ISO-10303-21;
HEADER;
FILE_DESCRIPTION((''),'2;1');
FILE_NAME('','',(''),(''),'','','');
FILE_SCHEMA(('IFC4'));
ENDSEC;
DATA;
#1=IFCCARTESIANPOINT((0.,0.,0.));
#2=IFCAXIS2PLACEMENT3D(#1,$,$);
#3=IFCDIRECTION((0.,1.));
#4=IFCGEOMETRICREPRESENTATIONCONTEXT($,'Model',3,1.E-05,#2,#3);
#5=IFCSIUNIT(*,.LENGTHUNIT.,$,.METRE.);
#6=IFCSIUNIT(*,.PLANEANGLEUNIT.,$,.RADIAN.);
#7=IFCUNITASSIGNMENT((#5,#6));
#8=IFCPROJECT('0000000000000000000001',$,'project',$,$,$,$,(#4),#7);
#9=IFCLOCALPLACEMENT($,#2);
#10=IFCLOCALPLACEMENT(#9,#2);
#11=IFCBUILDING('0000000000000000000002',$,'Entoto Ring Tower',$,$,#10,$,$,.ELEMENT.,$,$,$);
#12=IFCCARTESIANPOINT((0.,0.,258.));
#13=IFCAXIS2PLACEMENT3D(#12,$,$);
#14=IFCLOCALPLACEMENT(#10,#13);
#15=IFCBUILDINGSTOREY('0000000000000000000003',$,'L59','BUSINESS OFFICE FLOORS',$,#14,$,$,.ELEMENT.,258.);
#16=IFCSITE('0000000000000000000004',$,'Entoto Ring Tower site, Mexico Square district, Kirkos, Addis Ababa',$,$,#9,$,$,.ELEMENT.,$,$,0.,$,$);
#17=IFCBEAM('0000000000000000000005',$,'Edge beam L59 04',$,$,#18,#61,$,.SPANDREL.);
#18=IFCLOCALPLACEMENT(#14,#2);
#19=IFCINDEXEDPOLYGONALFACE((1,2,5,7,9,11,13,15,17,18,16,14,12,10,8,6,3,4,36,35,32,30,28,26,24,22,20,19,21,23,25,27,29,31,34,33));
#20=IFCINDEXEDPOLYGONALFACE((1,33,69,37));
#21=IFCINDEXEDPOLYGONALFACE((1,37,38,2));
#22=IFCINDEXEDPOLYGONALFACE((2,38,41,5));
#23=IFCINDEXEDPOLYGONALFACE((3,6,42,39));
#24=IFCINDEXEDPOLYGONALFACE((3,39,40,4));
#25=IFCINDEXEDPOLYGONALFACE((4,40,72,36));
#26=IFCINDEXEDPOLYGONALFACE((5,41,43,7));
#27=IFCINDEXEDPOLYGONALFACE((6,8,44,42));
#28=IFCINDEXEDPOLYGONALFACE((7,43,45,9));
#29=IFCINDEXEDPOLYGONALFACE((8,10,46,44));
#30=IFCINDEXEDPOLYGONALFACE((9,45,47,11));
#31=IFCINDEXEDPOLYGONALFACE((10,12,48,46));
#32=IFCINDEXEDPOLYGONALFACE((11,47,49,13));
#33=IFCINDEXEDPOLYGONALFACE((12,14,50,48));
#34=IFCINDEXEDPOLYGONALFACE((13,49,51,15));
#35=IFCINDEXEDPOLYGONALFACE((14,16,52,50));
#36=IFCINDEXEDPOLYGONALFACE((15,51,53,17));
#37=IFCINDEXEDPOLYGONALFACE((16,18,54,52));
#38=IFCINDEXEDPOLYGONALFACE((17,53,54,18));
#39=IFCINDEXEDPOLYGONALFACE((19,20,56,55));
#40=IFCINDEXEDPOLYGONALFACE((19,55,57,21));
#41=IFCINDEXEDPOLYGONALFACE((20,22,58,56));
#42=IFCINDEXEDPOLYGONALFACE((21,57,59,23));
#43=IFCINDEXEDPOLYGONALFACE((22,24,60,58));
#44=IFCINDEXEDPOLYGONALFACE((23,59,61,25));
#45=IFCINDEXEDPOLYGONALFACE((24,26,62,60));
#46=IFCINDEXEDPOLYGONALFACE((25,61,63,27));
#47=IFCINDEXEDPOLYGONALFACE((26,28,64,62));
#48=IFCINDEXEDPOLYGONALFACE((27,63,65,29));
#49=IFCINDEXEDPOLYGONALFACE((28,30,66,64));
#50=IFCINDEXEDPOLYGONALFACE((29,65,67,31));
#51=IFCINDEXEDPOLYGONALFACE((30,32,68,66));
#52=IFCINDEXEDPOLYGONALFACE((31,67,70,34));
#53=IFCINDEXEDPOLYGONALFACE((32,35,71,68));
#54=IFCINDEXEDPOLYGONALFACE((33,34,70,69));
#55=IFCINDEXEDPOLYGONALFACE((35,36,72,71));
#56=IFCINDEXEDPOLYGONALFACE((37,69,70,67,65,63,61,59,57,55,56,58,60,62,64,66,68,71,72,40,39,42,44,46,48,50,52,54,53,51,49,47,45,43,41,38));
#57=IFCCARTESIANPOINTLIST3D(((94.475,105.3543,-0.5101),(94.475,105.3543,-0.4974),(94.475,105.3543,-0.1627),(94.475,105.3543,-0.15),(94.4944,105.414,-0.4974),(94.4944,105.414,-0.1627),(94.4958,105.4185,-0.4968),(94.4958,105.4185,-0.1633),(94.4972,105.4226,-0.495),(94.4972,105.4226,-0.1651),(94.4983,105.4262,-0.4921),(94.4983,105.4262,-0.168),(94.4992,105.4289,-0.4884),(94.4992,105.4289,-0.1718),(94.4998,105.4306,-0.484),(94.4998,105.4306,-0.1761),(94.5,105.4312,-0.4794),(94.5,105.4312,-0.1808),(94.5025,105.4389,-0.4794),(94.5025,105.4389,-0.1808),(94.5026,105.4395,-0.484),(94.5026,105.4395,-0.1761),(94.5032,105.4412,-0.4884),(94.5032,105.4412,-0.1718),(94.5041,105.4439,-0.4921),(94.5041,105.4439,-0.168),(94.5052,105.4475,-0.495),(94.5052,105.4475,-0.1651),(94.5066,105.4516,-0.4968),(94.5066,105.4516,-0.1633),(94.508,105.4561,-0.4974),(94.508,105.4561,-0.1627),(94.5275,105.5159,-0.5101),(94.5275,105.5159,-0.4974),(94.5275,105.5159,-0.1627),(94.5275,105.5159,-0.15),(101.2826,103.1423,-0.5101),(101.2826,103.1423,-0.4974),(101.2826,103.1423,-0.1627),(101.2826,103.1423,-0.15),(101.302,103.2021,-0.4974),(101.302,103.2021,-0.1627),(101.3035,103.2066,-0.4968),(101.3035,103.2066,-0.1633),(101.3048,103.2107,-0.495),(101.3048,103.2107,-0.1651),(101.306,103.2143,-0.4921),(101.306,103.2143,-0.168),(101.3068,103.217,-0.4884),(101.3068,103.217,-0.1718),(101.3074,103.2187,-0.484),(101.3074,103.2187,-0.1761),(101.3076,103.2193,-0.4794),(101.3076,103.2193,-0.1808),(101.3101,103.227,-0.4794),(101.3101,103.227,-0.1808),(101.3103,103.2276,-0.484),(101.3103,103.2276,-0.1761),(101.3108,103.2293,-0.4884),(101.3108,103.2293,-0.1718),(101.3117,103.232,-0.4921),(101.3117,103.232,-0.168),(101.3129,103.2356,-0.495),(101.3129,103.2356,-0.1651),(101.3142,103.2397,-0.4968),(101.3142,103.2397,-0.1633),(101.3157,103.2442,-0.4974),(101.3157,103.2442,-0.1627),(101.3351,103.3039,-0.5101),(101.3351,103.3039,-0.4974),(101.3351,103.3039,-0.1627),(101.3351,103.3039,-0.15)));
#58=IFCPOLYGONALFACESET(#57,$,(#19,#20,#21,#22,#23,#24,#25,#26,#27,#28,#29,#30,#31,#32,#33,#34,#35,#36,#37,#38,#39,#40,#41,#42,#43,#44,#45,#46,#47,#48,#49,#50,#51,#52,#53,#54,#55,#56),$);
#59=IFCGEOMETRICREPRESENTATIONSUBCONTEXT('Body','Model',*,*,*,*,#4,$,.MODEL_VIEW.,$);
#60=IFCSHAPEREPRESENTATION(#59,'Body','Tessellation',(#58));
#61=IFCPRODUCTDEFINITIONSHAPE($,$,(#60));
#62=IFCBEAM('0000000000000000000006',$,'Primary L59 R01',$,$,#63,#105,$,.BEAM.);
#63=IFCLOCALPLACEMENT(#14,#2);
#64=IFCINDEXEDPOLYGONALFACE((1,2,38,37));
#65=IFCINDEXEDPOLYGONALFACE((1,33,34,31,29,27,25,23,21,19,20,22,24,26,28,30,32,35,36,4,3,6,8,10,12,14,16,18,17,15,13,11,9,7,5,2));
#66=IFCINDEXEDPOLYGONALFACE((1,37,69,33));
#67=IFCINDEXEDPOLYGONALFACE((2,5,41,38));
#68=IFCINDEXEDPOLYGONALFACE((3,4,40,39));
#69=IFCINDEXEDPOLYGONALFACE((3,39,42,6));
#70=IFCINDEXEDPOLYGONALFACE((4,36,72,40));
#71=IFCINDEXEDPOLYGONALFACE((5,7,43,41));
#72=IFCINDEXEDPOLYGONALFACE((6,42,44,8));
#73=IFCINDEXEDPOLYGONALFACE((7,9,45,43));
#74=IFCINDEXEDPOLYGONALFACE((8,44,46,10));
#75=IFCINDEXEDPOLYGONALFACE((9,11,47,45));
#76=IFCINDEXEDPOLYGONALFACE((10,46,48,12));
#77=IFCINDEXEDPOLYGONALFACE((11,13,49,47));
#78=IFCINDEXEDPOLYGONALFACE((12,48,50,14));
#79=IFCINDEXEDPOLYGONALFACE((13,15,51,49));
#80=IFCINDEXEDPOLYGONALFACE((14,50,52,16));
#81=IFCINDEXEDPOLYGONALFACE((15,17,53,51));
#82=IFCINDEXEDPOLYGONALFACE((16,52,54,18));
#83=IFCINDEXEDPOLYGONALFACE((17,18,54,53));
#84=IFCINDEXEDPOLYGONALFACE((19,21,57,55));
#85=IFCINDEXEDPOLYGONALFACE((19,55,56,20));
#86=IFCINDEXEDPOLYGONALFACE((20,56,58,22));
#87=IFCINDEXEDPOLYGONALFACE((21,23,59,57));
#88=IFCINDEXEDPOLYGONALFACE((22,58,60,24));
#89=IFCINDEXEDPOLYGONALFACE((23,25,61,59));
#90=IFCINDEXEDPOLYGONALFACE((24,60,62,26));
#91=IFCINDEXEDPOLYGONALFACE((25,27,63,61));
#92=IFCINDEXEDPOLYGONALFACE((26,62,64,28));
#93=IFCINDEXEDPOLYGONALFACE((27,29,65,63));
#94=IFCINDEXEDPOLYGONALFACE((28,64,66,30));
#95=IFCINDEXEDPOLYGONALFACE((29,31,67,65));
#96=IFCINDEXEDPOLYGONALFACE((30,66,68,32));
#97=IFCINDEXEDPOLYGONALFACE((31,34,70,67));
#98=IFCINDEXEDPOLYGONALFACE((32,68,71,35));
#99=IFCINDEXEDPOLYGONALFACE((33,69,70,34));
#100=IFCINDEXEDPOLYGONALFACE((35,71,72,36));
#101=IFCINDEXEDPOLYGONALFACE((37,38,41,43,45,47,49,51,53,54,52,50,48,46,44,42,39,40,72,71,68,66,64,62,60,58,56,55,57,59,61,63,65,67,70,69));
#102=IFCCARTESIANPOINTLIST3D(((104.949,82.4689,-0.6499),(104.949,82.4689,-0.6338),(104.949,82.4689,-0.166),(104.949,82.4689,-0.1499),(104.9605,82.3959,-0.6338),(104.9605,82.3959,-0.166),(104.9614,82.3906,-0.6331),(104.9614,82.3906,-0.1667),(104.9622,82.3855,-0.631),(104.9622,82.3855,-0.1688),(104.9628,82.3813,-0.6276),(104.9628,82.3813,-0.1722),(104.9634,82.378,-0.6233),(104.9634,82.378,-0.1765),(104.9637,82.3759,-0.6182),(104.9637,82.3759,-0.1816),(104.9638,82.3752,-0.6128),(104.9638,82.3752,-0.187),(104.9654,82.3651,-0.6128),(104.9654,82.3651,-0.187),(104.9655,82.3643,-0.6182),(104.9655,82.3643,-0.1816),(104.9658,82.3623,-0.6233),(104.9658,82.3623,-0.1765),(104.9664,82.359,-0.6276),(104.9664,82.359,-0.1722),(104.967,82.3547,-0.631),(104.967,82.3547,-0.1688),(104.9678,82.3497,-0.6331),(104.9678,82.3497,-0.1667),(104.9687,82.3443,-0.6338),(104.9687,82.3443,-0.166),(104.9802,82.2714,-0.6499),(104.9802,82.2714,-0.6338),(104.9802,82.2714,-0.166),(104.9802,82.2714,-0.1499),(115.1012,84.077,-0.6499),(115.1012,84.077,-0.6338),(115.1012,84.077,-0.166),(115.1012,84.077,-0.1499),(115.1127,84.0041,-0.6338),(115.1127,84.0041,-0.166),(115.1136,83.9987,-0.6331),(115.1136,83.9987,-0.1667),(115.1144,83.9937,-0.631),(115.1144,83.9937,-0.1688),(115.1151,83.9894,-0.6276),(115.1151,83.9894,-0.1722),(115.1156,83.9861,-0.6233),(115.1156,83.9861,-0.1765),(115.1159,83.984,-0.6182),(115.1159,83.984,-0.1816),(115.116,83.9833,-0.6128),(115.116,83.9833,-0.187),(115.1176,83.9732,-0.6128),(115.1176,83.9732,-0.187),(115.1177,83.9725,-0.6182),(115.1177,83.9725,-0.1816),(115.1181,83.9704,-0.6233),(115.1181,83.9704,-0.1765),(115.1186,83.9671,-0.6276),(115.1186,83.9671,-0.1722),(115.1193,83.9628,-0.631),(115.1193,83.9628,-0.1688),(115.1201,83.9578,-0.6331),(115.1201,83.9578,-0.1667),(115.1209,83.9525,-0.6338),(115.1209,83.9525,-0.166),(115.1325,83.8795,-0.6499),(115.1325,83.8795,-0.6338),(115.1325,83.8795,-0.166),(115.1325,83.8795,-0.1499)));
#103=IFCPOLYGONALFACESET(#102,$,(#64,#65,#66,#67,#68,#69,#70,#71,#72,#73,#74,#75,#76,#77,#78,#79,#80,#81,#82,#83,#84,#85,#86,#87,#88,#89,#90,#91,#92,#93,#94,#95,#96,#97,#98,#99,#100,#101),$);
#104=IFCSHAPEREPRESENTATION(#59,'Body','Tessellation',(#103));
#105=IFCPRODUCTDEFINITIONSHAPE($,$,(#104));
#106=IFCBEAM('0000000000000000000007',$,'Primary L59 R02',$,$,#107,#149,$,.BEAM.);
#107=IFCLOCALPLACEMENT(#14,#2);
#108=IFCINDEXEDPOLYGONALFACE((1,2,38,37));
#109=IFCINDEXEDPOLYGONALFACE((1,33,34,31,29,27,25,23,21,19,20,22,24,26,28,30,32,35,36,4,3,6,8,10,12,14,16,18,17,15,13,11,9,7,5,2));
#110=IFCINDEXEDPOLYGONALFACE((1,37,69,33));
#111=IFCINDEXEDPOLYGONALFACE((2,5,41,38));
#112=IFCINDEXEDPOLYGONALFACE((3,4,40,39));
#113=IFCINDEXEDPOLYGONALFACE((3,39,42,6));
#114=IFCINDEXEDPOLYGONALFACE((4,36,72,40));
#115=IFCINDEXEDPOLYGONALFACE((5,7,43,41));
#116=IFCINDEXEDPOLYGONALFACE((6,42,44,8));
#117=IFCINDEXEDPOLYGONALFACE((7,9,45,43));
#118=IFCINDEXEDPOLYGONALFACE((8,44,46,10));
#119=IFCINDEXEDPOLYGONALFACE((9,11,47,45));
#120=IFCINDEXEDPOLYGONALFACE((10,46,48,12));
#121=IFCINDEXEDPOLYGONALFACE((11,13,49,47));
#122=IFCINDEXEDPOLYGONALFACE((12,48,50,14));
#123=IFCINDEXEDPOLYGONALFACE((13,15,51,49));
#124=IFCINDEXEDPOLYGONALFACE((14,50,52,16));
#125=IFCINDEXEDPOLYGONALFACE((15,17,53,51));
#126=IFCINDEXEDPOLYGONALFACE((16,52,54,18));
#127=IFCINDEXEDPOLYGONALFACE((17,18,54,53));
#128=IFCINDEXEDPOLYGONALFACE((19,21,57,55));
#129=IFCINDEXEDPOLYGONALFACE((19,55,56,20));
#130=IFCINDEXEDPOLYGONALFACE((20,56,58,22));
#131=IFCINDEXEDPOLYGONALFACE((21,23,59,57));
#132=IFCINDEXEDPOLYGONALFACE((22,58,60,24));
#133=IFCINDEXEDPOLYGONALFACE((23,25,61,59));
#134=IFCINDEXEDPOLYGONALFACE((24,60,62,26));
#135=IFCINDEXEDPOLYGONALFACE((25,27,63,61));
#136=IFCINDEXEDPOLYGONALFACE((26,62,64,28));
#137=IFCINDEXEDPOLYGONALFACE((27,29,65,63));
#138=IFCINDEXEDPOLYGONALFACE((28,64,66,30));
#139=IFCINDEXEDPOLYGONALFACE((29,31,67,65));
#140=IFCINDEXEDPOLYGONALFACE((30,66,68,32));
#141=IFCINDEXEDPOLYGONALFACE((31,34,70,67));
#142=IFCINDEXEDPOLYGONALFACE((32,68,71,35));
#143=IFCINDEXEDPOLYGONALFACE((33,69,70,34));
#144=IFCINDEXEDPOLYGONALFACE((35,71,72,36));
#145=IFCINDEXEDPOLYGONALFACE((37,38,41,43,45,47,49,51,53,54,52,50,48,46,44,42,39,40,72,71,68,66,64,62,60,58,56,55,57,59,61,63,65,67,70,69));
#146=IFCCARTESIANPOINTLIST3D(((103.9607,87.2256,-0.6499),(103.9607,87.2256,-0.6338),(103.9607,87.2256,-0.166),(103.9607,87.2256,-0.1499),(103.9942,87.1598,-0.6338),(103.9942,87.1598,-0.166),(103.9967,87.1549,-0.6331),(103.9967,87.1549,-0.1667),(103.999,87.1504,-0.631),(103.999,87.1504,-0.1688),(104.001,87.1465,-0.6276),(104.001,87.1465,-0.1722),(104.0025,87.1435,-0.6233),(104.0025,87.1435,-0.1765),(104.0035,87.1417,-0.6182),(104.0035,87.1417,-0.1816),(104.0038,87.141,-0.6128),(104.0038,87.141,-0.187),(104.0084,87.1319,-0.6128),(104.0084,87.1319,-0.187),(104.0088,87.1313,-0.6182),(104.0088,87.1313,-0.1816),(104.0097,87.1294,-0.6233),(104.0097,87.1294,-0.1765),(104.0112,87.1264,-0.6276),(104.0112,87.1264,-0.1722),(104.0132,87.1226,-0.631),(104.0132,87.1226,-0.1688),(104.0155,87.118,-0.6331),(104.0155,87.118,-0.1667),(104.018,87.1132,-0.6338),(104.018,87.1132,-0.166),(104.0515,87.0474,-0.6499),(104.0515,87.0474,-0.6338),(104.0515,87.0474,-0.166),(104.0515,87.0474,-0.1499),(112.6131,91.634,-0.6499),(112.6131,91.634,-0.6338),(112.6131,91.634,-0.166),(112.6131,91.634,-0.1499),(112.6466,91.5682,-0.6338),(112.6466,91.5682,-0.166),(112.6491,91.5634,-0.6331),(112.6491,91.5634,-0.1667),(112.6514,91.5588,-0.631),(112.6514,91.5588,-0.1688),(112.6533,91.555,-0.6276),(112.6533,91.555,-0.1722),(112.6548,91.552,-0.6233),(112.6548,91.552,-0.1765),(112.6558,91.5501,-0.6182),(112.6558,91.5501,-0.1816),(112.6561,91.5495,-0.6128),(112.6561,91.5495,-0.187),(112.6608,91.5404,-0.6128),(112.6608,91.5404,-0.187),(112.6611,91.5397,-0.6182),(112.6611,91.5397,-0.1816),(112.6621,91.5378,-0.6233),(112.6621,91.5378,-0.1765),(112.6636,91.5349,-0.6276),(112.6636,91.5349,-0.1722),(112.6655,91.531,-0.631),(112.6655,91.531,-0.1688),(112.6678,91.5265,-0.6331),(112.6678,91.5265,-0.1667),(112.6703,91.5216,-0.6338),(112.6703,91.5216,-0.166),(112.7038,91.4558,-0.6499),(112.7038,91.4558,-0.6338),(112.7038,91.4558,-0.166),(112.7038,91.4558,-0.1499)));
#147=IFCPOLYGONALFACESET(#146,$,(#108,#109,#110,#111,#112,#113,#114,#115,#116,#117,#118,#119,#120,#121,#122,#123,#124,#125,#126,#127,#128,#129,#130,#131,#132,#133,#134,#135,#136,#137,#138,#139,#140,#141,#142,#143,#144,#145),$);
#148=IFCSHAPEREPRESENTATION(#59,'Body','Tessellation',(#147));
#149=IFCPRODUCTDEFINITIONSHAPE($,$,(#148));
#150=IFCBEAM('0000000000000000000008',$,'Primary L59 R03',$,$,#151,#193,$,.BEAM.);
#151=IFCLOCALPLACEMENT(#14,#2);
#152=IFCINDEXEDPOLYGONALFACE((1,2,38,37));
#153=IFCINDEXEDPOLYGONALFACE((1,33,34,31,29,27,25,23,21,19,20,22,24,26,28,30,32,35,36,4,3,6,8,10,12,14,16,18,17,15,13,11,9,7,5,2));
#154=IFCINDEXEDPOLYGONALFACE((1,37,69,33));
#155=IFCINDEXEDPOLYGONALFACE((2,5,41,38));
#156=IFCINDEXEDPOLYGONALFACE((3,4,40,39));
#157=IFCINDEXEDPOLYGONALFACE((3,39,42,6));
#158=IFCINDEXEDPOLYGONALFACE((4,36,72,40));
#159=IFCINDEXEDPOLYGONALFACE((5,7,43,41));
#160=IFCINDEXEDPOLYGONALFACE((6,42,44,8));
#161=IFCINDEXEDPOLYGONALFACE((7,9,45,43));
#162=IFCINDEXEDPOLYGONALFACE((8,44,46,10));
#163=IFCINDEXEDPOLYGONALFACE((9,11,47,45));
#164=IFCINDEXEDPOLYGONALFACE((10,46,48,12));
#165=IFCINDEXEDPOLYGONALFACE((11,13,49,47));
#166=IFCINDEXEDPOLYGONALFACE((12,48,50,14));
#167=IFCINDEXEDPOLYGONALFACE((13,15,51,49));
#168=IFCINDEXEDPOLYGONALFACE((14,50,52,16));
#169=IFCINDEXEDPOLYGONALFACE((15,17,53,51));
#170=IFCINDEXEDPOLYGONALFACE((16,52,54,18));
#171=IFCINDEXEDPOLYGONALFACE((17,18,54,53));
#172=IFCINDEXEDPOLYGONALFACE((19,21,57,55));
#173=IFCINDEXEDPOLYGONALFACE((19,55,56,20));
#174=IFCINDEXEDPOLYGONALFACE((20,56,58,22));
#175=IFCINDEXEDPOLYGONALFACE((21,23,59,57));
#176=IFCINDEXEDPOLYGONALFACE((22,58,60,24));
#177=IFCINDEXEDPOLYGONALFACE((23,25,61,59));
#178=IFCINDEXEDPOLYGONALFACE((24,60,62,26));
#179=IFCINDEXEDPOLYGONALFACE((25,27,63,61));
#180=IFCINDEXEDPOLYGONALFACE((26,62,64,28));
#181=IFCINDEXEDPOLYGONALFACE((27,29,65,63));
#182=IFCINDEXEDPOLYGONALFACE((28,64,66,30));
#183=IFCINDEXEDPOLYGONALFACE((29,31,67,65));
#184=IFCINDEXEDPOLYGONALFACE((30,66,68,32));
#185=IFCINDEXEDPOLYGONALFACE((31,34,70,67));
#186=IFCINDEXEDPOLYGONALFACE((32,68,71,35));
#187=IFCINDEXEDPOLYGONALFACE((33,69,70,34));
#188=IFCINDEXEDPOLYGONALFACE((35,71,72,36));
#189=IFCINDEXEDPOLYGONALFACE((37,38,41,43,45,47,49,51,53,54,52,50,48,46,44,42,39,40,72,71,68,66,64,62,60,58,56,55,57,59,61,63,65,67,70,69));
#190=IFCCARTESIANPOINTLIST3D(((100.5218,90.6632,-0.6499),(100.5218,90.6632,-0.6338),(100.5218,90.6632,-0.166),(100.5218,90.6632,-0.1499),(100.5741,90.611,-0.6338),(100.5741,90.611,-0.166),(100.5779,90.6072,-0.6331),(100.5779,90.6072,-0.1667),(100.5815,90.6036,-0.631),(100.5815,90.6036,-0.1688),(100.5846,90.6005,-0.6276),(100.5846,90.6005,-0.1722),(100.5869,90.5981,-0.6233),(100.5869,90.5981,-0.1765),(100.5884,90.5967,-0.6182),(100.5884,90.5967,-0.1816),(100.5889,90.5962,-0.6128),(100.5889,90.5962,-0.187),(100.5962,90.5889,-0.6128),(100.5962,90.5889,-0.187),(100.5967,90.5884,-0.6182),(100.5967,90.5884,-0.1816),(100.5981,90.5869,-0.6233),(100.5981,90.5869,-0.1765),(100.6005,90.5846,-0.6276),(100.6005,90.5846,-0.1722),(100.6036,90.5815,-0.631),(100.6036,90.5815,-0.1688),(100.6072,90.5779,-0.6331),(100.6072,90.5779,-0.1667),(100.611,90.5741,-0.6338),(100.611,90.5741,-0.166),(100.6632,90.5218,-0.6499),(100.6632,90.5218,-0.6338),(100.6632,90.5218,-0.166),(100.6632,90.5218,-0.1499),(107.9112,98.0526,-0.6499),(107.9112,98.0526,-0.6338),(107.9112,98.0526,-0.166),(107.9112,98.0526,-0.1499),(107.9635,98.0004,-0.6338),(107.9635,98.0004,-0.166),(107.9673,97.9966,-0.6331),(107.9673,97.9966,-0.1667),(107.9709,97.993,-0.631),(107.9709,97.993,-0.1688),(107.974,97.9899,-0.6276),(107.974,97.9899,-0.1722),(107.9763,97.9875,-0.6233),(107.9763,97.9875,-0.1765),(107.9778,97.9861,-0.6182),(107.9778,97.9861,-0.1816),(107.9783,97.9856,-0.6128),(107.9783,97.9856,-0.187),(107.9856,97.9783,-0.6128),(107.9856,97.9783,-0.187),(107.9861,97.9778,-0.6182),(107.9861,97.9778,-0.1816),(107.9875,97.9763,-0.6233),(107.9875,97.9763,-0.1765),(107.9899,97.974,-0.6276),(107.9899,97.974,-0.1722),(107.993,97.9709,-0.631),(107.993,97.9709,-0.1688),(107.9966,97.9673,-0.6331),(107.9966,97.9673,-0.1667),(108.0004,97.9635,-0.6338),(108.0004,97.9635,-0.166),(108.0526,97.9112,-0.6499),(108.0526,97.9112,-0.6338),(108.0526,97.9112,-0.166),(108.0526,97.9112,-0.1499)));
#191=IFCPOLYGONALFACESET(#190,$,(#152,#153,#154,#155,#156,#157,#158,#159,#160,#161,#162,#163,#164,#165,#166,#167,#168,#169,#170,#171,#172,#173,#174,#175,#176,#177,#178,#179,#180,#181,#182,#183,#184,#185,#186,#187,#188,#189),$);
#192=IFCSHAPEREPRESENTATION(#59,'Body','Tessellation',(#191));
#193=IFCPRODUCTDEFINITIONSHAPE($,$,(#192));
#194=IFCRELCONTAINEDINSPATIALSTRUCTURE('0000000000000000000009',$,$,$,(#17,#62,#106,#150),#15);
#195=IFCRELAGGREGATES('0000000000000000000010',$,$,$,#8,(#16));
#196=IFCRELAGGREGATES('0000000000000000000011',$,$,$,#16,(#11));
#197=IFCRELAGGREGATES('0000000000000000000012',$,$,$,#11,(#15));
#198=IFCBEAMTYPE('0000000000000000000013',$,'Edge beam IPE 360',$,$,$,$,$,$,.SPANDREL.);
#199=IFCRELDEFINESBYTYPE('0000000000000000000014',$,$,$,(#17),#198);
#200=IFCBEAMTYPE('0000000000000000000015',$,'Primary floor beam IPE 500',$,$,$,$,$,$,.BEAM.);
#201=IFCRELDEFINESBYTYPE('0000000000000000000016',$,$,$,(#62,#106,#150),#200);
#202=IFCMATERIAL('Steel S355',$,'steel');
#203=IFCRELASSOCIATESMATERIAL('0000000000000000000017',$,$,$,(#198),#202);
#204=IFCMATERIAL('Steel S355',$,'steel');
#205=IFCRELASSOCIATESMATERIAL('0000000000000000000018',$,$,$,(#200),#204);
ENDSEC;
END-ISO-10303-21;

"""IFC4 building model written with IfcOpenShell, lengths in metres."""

from ifc_helpers import new_model, si_unit, direction, frame, origin, origin_2d, place, context, subcontext, project, spatial, i_section, extrude, material, material_profile, profile_set, type_object, element, save


model = new_model("IFC4")

# Units and contexts
model_context = context("Model", 3, precision=1e-05, world=origin(), true_north=direction((0.0, 1.0)))
body_context = subcontext(model_context, "Body", "Model", "MODEL_VIEW")
ifc_project = project(units=[si_unit("LENGTHUNIT", "METRE"), si_unit("PLANEANGLEUNIT", "RADIAN")], contexts=[model_context])

# Site, building, storey
site_placement = place(None, origin())
site = spatial("IfcSite", under=ifc_project, at=site_placement, Name="Entoto Ring Tower site, Mexico Square district, Kirkos, Addis Ababa", CompositionType="ELEMENT", RefElevation=0.0)
building_placement = place(site_placement, origin())
building = spatial("IfcBuilding", under=site, at=building_placement, Name="Entoto Ring Tower", CompositionType="ELEMENT")
storey_placement = place(building_placement, frame((0.0, 0.0, 258.0)))
storey = spatial("IfcBuildingStorey", under=building, at=storey_placement, Name="L59", Description="BUSINESS OFFICE FLOORS", CompositionType="ELEMENT", Elevation=258.0)

# Beams
ifc_material_1 = material(Name="Steel S355", Category="steel")
ifc_material_profile_1 = material_profile(ifc_material_1, i_section(OverallWidth=0.1699, OverallDepth=0.3601, WebThickness=0.0081, FlangeThickness=0.0127, FilletRadius=0.0181, at=origin_2d()), Name="IPE 360")
ifc_profile_set_1 = profile_set([ifc_material_profile_1], Name="Steel S355")
beam_type_1 = type_object("IfcBeamType", Name="Edge beam IPE 360", PredefinedType="SPANDREL", material=ifc_profile_set_1)
beam_1_placement = place(storey_placement, frame((101.3088, 103.2231, -0.3301), z_axis=(-0.951057, 0.309015, 0.0), x_axis=(-0.309015, -0.951057, 0.0)))
element("IfcBeam", 1, at=beam_1_placement, inside=storey, type_object=beam_type_1, Name="Edge beam L59 04", PredefinedType="SPANDREL", context=body_context, shape_type="SweptSolid", body=[
    extrude(i_section(OverallWidth=0.1699, OverallDepth=0.3601, WebThickness=0.0081, FlangeThickness=0.0127, FilletRadius=0.0181, at=origin_2d()), origin(), (0.0, 0.0, 1.0), 7.158),
])
ifc_material_2 = material(Name="Steel S355", Category="steel")
ifc_material_profile_2 = material_profile(ifc_material_2, i_section(OverallWidth=0.2, OverallDepth=0.5, WebThickness=0.0103, FlangeThickness=0.0161, FilletRadius=0.021, at=origin_2d()), Name="IPE 500")
ifc_profile_set_2 = profile_set([ifc_material_profile_2], Name="Steel S355")
beam_type_2 = type_object("IfcBeamType", Name="Primary floor beam IPE 500", PredefinedType="BEAM", material=ifc_profile_set_2)
beam_2_placement = place(storey_placement, frame((104.9646, 82.3701, -0.3999), z_axis=(0.987686, 0.156452, 0.0), x_axis=(-0.156452, 0.987686, 0.0)))
element("IfcBeam", 2, at=beam_2_placement, inside=storey, type_object=beam_type_2, Name="Primary L59 R01", PredefinedType="BEAM", context=body_context, shape_type="SweptSolid", body=[
    extrude(i_section(OverallWidth=0.2, OverallDepth=0.5, WebThickness=0.0103, FlangeThickness=0.0161, FilletRadius=0.021, at=origin_2d()), origin(), (0.0, 0.0, 1.0), 10.2788),
])
beam_3_placement = place(storey_placement, frame((104.0061, 87.1365, -0.3999), z_axis=(0.891012, 0.453979, 0.0), x_axis=(-0.453979, 0.891012, 0.0)))
element("IfcBeam", 3, at=beam_3_placement, inside=storey, type_object=beam_type_2, Name="Primary L59 R02", PredefinedType="BEAM", context=body_context, shape_type="SweptSolid", body=[
    extrude(i_section(OverallWidth=0.2, OverallDepth=0.5, WebThickness=0.0103, FlangeThickness=0.0161, FilletRadius=0.021, at=origin_2d()), origin(), (0.0, 0.0, 1.0), 9.7107),
])
beam_4_placement = place(storey_placement, frame((100.5925, 90.5925, -0.3999), z_axis=(0.707107, 0.707107, 0.0), x_axis=(-0.707107, 0.707107, 0.0)))
element("IfcBeam", 4, at=beam_4_placement, inside=storey, type_object=beam_type_2, Name="Primary L59 R03", PredefinedType="BEAM", context=body_context, shape_type="SweptSolid", body=[
    extrude(i_section(OverallWidth=0.2, OverallDepth=0.5, WebThickness=0.0103, FlangeThickness=0.0161, FilletRadius=0.021, at=origin_2d()), origin(), (0.0, 0.0, 1.0), 10.4502),
])

save(model, "model.ifc")
